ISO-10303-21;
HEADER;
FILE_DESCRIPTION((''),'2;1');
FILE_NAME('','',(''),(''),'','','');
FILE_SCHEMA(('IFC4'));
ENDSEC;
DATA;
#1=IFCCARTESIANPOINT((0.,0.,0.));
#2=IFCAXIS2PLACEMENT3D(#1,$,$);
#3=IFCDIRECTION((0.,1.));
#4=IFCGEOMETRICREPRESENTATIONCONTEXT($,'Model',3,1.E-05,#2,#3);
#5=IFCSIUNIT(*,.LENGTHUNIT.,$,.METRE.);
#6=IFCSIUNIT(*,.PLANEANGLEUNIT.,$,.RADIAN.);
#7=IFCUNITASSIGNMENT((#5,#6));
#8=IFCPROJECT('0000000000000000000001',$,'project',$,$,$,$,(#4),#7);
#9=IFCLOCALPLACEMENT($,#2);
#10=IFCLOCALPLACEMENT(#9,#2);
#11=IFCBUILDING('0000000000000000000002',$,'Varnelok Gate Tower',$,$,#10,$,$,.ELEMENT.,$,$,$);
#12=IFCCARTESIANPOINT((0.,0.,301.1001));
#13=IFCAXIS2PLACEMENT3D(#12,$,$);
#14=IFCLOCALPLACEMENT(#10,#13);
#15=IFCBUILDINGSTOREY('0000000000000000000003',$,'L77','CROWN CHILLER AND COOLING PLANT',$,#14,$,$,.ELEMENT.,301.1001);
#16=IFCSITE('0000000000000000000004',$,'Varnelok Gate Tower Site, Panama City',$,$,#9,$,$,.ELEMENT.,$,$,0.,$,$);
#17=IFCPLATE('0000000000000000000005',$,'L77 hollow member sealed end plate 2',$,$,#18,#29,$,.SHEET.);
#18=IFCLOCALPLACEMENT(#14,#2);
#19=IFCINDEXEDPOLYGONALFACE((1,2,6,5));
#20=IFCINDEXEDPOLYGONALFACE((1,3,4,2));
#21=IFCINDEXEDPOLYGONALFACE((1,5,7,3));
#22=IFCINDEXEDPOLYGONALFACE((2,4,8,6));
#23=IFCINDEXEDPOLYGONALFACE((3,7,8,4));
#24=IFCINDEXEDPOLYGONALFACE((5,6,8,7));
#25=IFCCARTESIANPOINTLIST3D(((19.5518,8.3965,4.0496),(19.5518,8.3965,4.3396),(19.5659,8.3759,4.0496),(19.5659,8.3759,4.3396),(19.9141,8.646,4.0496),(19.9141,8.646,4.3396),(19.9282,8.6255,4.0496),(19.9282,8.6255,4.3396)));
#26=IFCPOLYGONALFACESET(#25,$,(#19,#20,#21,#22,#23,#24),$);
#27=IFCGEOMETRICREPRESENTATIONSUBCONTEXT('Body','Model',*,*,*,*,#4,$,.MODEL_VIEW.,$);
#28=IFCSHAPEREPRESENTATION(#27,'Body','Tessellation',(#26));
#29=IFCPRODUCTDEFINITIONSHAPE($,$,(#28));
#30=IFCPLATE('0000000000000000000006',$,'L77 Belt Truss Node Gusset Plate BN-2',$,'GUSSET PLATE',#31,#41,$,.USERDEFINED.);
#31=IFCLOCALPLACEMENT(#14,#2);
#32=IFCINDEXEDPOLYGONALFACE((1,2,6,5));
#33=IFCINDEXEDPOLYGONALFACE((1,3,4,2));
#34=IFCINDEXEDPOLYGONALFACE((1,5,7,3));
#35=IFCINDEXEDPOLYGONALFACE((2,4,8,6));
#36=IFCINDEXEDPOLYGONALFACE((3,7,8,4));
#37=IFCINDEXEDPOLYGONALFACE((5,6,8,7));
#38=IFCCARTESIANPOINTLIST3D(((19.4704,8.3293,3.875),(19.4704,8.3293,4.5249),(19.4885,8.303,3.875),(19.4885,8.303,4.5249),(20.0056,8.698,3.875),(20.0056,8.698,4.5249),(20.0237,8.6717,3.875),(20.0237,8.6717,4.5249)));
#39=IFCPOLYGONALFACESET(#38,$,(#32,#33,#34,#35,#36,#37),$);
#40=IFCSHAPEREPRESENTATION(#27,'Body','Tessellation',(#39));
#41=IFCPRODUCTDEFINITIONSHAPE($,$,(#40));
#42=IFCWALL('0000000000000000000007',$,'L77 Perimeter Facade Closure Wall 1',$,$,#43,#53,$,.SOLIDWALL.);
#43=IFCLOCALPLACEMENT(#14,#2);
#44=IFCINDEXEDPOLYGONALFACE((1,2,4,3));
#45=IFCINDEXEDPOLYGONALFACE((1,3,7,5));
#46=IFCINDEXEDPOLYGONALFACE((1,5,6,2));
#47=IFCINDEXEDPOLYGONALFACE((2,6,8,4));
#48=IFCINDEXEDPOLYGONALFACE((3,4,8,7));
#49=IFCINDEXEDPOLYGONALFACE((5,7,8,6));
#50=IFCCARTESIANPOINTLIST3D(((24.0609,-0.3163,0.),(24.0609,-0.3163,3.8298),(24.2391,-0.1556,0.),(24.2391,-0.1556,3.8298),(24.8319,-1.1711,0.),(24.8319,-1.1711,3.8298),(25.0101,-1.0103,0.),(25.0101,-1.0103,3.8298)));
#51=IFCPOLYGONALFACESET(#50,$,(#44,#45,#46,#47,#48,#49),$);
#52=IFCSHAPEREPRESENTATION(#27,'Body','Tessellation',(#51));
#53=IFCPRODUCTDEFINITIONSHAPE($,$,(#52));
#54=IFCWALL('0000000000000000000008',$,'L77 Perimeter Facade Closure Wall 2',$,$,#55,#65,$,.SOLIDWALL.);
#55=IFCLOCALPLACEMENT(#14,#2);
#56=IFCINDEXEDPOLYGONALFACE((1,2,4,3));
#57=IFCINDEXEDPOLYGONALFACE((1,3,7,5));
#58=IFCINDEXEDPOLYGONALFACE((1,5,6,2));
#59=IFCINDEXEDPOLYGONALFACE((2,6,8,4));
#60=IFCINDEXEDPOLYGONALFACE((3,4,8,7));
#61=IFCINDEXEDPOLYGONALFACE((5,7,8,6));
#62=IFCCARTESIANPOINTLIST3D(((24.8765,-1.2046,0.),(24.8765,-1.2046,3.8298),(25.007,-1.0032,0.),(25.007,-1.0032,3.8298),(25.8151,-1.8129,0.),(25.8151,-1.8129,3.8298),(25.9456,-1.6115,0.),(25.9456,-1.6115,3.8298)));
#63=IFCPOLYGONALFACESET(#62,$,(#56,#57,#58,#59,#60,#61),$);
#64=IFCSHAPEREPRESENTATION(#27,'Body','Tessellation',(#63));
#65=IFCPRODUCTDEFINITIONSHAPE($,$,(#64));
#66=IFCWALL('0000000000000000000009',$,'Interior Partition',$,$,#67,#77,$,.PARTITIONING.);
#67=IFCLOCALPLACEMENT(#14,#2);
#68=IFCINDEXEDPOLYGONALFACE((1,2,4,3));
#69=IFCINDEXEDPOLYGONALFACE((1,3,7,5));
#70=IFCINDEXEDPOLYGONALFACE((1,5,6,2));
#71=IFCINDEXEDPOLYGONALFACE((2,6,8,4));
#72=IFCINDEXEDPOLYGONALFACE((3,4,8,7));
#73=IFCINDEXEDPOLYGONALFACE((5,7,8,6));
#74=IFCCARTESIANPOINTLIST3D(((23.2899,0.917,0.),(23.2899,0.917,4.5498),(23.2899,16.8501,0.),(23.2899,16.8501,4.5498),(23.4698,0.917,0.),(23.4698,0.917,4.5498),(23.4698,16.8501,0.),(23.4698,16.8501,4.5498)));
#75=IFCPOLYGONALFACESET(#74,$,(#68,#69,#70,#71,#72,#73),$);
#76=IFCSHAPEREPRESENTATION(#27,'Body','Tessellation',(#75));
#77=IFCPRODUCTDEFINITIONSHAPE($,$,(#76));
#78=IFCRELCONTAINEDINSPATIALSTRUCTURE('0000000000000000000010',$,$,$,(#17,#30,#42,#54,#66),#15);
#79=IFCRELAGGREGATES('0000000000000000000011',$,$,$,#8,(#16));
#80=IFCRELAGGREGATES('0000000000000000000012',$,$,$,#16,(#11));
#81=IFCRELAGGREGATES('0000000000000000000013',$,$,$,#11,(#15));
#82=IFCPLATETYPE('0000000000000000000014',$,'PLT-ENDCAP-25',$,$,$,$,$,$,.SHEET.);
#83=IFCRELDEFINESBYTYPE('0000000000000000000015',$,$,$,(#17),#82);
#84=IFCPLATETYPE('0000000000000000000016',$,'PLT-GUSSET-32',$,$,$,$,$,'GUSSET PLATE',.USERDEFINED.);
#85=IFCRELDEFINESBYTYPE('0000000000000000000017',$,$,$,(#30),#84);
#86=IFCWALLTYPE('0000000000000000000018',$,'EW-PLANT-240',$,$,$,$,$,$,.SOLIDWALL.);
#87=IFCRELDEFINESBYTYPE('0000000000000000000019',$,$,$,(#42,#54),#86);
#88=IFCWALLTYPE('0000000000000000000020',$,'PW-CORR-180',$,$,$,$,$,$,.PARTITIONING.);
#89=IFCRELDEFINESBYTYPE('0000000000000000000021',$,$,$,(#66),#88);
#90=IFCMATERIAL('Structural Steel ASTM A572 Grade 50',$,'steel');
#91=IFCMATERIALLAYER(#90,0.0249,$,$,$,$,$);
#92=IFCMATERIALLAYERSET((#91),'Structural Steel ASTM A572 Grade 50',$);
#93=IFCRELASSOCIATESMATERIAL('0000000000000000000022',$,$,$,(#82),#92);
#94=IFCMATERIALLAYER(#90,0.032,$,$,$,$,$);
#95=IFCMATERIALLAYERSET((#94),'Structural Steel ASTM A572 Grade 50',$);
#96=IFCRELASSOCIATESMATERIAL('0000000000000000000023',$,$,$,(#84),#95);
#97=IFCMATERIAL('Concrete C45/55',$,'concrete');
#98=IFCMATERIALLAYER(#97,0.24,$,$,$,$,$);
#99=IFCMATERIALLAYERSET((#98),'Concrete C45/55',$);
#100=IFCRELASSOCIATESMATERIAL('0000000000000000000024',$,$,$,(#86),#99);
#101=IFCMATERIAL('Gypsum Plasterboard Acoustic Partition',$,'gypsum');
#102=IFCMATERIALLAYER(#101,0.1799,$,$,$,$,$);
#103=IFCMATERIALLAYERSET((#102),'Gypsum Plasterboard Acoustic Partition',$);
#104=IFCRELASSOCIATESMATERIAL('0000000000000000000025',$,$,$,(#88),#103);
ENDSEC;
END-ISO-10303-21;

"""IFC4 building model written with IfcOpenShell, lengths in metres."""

from ifc_helpers import new_model, si_unit, direction, frame, frame_2d, origin, origin_2d, place, context, subcontext, project, spatial, rectangle, extrude, source, transform, mapped, material, layer, layer_set, type_object, element, save


model = new_model("IFC4")

# Units and contexts
model_context = context("Model", 3, precision=1e-05, world=origin(), true_north=direction((0.0, 1.0)))
body_context = subcontext(model_context, "Body", "Model", "MODEL_VIEW")
ifc_project = project(units=[si_unit("LENGTHUNIT", "METRE"), si_unit("PLANEANGLEUNIT", "RADIAN")], contexts=[model_context])

# Site, building, storey
site_placement = place(None, origin())
site = spatial("IfcSite", under=ifc_project, at=site_placement, Name="Varnelok Gate Tower Site, Panama City", CompositionType="ELEMENT", RefElevation=0.0)
building_placement = place(site_placement, origin())
building = spatial("IfcBuilding", under=site, at=building_placement, Name="Varnelok Gate Tower", CompositionType="ELEMENT")
storey_placement = place(building_placement, frame((0.0, 0.0, 301.1001)))
storey = spatial("IfcBuildingStorey", under=building, at=storey_placement, Name="L77", Description="CROWN CHILLER AND COOLING PLANT", CompositionType="ELEMENT", Elevation=301.1001)

# Shared definitions
ifc_material_1 = material(Name="Concrete C45/55", Category="concrete")

# Plates
ifc_material_2 = material(Name="Structural Steel ASTM A572 Grade 50", Category="steel")
ifc_layer_1 = layer(ifc_material_2, 0.0249)
ifc_layer_set_1 = layer_set([ifc_layer_1], Name="Structural Steel ASTM A572 Grade 50")
plate_type_1 = type_object("IfcPlateType", Name="PLT-ENDCAP-25", PredefinedType="SHEET", material=ifc_layer_set_1)
shared_shape_1 = source(origin(), body_context, "Body", "SweptSolid", [
    extrude(rectangle(XDim=0.0249, YDim=0.4399, at=origin_2d()), origin(), (0.0, 0.0, 1.0), 0.29),
])
for number, where, z_axis, x_axis, name in (
    (1, (19.74, 8.511, 4.0496), (0.0, 0.0, 1.0), (0.567269, -0.823533, 0.0), "L77 hollow member sealed end plate 2"),
):
    element("IfcPlate", number, at=place(storey_placement, frame(where, z_axis=z_axis, x_axis=x_axis)), inside=storey, type_object=plate_type_1, Name=name, PredefinedType="SHEET", context=body_context, shape_type="MappedRepresentation", body=[
        mapped(shared_shape_1, transform((0.0, 0.0, 0.0), scale=1.0)),
    ])
ifc_layer_2 = layer(ifc_material_2, 0.032)
ifc_layer_set_2 = layer_set([ifc_layer_2], Name="Structural Steel ASTM A572 Grade 50")
plate_type_2 = type_object("IfcPlateType", Name="PLT-GUSSET-32", ElementType="GUSSET PLATE", PredefinedType="USERDEFINED", material=ifc_layer_set_2)
shared_shape_2 = source(origin(), body_context, "Body", "SweptSolid", [
    extrude(rectangle(XDim=0.6499, YDim=0.032, at=origin_2d()), origin(), (0.0, 0.0, 1.0), 0.6499),
])
plate_placement = place(storey_placement, frame((19.7471, 8.5005, 3.875), z_axis=(0.0, 0.0, 1.0), x_axis=(0.823533, 0.567269, 0.0)))
element("IfcPlate", 2, at=plate_placement, inside=storey, type_object=plate_type_2, Name="L77 Belt Truss Node Gusset Plate BN-2", ObjectType="GUSSET PLATE", PredefinedType="USERDEFINED", context=body_context, shape_type="MappedRepresentation", body=[
    mapped(shared_shape_2, transform((0.0, 0.0, 0.0), scale=1.0)),
])

# Walls
ifc_layer_3 = layer(ifc_material_1, 0.24)
ifc_layer_set_3 = layer_set([ifc_layer_3], Name="Concrete C45/55")
wall_type_1 = type_object("IfcWallType", Name="EW-PLANT-240", PredefinedType="SOLIDWALL", material=ifc_layer_set_3)
wall_1_placement = place(storey_placement, frame((24.1499, -0.2358, 0.0), z_axis=(0.0, 0.0, 1.0), x_axis=(0.669796, -0.742545, 0.0)))
element("IfcWall", 3, at=wall_1_placement, inside=storey, type_object=wall_type_1, Name="L77 Perimeter Facade Closure Wall 1", PredefinedType="SOLIDWALL", context=body_context, shape_type="SweptSolid", body=[
    extrude(rectangle(XDim=1.1511, YDim=0.24, at=frame_2d((0.5757, 0.0))), origin(), (0.0, 0.0, 1.0), 3.8298),
])
wall_2_placement = place(storey_placement, frame((24.9419, -1.104, 0.0), z_axis=(0.0, 0.0, 1.0), x_axis=(0.839201, -0.543821, 0.0)))
element("IfcWall", 4, at=wall_2_placement, inside=storey, type_object=wall_type_1, Name="L77 Perimeter Facade Closure Wall 2", PredefinedType="SOLIDWALL", context=body_context, shape_type="SweptSolid", body=[
    extrude(rectangle(XDim=1.1184, YDim=0.24, at=frame_2d((0.5591, 0.0))), origin(), (0.0, 0.0, 1.0), 3.8298),
])
ifc_material_3 = material(Name="Gypsum Plasterboard Acoustic Partition", Category="gypsum")
ifc_layer_4 = layer(ifc_material_3, 0.1799)
ifc_layer_set_4 = layer_set([ifc_layer_4], Name="Gypsum Plasterboard Acoustic Partition")
wall_type_2 = type_object("IfcWallType", Name="PW-CORR-180", PredefinedType="PARTITIONING", material=ifc_layer_set_4)
wall_3_placement = place(storey_placement, frame((23.3799, 0.917, 0.0), z_axis=(0.0, 0.0, 1.0), x_axis=(0.0, 1.0, 0.0)))
element("IfcWall", 5, at=wall_3_placement, inside=storey, type_object=wall_type_2, Name="Interior Partition", PredefinedType="PARTITIONING", context=body_context, shape_type="SweptSolid", body=[
    extrude(rectangle(XDim=15.9331, YDim=0.1799, at=frame_2d((7.9666, 0.0))), origin(), (0.0, 0.0, 1.0), 4.5498),
])

save(model, "model.ifc")
